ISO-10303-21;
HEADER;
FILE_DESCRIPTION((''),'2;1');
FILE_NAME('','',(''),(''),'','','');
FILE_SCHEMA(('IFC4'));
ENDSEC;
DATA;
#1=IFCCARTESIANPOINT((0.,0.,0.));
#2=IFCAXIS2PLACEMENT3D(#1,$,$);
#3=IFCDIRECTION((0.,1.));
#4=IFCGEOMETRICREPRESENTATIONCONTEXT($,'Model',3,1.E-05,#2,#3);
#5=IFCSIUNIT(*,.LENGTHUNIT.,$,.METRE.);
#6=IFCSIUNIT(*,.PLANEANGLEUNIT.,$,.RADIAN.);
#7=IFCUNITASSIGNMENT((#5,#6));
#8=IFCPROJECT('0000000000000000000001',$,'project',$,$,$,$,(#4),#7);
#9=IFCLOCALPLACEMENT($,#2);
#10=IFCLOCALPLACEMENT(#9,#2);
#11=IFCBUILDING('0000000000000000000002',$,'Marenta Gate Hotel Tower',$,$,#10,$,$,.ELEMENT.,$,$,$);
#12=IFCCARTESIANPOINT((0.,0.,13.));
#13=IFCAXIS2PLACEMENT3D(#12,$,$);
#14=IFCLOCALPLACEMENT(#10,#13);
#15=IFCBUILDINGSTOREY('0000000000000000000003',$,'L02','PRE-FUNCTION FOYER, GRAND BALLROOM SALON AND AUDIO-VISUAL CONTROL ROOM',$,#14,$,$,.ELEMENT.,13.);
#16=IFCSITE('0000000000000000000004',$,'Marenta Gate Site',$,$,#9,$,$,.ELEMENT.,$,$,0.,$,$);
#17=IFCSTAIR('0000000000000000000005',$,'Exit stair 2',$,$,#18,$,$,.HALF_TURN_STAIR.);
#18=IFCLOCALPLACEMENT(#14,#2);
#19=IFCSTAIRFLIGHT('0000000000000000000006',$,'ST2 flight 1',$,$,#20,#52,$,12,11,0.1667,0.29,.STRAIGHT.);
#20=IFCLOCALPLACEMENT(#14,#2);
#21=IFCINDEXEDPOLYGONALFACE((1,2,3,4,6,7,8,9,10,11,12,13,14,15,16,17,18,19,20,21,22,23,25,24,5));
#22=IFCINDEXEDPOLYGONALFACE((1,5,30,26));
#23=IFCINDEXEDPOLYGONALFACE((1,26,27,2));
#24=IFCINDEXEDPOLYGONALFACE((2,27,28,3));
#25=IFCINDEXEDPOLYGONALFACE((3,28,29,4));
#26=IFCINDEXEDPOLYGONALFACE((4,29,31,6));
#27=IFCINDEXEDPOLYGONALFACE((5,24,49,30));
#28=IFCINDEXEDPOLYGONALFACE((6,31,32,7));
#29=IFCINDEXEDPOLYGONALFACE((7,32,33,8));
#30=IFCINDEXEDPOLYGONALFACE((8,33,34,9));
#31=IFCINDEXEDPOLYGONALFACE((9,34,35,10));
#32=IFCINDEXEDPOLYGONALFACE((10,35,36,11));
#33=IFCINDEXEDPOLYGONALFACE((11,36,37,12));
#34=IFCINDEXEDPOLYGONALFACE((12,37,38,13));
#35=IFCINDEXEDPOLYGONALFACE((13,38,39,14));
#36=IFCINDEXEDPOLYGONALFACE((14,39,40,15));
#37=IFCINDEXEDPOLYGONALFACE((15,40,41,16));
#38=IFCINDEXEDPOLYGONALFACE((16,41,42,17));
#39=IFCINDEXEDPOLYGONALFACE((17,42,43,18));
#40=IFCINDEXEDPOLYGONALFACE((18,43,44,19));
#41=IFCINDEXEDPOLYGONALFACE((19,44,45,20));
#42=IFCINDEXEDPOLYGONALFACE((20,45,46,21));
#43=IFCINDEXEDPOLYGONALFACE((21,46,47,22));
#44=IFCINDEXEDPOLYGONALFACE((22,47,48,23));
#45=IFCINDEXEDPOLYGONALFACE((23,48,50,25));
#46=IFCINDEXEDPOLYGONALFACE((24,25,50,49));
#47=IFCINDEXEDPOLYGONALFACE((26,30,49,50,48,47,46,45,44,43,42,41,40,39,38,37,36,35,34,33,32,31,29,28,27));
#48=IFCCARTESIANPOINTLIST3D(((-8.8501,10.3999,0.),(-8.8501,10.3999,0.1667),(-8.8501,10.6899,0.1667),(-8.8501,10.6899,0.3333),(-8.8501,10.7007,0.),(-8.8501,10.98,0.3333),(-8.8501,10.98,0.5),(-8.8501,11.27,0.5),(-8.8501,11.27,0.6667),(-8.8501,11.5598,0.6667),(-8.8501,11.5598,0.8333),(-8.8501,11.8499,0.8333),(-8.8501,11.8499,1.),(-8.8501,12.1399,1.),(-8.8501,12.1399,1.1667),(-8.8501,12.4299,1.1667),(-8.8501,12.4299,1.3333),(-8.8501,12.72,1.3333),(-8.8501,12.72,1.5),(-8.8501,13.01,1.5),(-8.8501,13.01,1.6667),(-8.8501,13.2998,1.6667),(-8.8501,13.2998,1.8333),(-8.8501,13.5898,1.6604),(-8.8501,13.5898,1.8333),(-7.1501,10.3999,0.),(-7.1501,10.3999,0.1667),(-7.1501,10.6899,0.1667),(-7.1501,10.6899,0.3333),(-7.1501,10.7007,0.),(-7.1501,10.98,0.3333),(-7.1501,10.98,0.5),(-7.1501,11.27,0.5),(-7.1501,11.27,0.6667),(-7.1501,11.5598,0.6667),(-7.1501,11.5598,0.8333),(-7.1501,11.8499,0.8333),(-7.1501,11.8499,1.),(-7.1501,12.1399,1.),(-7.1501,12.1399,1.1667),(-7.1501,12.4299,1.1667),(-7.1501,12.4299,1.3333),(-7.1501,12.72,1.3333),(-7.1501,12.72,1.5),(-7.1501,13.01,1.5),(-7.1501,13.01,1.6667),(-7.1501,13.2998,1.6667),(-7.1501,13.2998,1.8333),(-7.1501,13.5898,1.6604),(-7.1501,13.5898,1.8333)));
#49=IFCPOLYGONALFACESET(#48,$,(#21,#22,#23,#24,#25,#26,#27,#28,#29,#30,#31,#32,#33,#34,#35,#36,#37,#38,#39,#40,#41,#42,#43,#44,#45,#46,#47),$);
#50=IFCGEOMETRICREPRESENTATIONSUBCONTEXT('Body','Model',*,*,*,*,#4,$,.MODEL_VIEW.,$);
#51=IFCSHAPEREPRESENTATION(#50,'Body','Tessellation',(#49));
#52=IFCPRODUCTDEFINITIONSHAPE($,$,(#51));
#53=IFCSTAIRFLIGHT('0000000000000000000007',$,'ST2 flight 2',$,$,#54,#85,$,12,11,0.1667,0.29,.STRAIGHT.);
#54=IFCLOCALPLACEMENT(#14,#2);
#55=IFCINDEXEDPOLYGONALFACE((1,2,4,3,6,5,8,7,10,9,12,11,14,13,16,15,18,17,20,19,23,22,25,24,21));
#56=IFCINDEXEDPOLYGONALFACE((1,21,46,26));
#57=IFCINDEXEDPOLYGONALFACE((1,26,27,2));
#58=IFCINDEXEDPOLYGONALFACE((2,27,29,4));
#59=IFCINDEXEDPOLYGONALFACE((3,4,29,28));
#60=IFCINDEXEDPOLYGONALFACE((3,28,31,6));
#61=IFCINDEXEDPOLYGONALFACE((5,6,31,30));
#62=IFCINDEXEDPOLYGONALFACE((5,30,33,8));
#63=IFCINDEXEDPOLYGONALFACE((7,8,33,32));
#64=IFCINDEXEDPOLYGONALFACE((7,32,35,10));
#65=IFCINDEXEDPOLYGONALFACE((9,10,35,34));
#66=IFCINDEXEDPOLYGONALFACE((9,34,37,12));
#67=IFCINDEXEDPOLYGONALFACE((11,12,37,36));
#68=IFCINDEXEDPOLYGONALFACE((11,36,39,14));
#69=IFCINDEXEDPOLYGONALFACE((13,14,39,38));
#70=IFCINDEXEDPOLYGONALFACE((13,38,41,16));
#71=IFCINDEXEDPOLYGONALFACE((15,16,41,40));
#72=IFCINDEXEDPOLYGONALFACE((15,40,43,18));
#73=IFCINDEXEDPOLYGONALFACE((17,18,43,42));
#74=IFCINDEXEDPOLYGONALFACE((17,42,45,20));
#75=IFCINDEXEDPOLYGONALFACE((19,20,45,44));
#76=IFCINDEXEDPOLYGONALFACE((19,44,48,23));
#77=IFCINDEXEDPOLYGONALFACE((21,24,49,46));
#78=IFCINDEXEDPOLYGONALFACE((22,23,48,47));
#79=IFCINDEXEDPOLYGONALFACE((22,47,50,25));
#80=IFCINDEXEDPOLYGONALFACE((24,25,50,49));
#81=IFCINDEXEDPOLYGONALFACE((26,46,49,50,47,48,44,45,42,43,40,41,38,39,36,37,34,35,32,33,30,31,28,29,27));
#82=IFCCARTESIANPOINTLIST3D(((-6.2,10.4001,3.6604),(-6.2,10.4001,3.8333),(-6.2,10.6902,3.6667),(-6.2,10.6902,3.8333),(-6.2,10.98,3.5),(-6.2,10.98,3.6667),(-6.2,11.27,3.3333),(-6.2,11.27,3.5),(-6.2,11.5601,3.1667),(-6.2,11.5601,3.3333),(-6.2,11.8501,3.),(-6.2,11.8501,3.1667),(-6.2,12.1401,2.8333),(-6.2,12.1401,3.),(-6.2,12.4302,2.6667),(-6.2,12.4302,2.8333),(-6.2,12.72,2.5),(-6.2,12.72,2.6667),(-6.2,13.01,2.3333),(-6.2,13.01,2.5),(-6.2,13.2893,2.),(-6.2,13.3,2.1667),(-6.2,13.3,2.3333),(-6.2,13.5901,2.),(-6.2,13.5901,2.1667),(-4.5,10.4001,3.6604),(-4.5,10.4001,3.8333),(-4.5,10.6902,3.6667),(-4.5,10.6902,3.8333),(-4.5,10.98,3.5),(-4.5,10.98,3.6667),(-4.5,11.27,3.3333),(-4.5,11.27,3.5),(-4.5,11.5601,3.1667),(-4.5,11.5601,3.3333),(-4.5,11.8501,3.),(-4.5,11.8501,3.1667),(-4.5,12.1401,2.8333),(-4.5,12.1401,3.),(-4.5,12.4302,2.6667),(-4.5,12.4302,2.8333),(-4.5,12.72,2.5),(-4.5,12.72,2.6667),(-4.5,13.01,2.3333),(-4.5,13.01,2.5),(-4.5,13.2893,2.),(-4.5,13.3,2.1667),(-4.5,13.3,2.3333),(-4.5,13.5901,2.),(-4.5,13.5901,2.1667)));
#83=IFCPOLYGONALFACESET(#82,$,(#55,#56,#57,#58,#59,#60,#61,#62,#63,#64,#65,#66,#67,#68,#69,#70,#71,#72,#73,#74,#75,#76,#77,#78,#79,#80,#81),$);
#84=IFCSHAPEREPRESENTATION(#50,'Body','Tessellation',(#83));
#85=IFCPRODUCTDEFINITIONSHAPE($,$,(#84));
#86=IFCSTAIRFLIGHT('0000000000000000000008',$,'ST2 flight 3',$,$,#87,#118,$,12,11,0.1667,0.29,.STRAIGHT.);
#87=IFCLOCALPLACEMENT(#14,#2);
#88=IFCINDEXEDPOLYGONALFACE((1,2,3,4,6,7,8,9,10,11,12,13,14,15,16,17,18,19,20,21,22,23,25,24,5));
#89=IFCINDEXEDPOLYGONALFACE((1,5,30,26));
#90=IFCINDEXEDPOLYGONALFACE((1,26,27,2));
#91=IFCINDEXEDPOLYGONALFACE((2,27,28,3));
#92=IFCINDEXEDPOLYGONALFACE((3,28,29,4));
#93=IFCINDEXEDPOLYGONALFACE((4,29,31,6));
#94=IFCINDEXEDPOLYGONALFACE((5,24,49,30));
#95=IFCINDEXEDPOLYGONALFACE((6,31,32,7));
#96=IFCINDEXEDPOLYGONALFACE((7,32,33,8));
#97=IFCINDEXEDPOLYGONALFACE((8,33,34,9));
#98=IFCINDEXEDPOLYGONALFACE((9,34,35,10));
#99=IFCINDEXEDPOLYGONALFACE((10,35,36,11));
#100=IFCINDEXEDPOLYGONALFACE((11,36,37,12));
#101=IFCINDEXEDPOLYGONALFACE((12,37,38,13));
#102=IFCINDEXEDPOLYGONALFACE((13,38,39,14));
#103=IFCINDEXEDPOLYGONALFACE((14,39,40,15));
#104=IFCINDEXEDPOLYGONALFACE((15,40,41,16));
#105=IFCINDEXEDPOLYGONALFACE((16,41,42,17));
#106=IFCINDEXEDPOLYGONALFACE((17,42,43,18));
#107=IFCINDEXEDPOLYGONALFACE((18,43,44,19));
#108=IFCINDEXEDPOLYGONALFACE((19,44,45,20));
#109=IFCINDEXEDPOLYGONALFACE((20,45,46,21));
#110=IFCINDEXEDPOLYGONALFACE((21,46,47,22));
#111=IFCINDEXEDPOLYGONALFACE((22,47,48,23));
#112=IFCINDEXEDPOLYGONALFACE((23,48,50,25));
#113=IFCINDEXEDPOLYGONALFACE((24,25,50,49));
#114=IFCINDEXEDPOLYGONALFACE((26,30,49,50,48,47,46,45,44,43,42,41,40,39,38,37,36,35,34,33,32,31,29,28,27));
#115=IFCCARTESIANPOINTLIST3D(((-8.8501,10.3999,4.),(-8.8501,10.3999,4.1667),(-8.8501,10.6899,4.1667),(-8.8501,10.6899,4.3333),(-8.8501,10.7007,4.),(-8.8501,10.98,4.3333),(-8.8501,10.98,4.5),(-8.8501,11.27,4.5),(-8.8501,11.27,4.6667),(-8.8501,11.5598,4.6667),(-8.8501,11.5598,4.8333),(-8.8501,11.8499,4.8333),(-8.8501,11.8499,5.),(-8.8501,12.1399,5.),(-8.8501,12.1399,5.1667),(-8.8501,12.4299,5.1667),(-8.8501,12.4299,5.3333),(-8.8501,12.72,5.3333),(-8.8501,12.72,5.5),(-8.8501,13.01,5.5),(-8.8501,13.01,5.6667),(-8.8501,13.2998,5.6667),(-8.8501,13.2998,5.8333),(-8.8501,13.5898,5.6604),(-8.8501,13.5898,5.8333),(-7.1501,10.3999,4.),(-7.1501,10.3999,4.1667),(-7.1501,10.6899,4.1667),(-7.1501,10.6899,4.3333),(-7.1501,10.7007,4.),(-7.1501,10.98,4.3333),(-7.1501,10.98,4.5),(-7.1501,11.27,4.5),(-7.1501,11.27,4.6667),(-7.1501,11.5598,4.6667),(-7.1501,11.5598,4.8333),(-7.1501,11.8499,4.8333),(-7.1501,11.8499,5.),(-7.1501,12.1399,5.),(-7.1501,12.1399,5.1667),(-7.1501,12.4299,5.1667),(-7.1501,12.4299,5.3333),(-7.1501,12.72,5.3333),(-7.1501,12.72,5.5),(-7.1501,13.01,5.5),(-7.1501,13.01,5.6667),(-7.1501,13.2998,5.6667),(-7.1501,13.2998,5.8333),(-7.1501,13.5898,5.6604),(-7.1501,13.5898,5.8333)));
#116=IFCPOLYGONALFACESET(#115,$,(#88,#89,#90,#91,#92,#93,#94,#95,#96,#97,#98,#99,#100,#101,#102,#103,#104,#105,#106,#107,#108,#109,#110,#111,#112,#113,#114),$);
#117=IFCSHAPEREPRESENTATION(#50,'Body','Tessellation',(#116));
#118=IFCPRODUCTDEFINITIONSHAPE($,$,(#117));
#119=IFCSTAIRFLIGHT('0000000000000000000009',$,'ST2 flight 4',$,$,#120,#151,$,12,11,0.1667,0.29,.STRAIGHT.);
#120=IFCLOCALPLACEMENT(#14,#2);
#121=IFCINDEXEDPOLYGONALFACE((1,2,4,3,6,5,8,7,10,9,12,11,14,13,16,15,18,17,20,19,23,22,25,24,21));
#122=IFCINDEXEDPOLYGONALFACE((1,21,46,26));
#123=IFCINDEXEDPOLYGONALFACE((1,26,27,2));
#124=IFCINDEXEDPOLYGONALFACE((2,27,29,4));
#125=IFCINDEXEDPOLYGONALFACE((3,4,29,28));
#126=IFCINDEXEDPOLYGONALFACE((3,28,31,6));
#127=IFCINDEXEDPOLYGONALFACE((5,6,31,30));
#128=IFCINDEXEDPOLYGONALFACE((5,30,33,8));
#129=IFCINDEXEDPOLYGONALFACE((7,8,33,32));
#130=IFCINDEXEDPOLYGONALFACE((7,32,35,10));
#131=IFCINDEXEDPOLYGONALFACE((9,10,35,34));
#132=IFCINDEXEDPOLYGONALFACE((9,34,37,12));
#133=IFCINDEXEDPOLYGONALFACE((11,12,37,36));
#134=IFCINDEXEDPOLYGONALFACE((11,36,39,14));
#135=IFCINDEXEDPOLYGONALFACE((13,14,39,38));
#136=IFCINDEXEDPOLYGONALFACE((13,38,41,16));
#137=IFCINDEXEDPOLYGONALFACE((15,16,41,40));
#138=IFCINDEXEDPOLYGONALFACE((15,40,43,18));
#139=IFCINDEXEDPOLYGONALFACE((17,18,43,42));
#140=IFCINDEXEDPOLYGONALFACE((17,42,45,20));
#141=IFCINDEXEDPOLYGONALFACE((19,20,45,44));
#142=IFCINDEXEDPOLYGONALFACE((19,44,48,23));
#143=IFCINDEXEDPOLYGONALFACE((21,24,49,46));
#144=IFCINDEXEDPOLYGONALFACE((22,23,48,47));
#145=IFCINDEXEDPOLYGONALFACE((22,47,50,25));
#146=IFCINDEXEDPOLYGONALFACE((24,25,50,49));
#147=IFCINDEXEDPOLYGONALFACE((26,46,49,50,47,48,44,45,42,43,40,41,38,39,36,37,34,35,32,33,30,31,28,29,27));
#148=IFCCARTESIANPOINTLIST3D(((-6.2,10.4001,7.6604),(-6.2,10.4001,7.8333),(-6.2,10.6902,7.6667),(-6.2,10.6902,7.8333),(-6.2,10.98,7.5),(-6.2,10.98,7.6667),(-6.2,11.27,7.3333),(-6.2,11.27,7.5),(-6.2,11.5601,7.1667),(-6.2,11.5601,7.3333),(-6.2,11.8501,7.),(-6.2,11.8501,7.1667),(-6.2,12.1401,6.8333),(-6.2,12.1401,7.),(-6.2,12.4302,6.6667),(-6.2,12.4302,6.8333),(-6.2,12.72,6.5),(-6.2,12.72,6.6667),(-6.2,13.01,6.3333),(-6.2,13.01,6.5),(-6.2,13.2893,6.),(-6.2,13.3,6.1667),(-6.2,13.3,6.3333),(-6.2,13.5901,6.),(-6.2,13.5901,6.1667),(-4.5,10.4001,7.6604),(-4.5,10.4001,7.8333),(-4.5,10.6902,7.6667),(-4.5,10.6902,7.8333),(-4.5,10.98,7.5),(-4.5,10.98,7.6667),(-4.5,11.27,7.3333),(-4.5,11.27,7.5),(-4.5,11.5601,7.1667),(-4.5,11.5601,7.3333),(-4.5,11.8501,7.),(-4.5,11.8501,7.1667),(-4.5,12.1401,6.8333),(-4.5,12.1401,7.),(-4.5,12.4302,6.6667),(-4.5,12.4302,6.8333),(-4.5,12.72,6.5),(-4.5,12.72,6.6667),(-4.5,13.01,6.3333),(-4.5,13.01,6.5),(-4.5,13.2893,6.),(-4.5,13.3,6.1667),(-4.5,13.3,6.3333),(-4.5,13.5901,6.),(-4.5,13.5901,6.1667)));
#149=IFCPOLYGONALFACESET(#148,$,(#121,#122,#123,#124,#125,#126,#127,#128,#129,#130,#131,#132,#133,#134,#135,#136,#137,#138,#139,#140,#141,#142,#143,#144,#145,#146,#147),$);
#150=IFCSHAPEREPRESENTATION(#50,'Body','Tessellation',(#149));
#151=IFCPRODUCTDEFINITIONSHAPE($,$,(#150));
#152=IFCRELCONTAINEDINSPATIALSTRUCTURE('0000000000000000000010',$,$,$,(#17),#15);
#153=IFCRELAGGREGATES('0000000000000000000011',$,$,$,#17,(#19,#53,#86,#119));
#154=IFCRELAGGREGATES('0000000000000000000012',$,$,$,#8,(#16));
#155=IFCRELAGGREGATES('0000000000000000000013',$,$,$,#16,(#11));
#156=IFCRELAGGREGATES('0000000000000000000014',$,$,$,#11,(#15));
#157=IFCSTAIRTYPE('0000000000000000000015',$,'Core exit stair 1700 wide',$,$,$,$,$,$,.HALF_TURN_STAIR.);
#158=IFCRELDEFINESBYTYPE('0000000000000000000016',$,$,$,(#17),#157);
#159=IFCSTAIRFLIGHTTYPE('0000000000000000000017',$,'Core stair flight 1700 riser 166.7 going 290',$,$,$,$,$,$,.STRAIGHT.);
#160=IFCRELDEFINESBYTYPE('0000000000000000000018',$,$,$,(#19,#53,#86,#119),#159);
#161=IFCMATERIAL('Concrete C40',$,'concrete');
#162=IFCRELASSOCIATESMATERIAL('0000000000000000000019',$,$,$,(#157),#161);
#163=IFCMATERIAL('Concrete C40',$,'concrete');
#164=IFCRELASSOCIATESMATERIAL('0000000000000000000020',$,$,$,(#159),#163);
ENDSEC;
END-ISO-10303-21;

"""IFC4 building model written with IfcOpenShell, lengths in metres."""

from ifc_helpers import new_model, si_unit, direction, frame, origin, place, context, subcontext, project, spatial, polyline, outline, extrude, material, type_object, element, aggregate, save


model = new_model("IFC4")

# Units and contexts
model_context = context("Model", 3, precision=1e-05, world=origin(), true_north=direction((0.0, 1.0)))
body_context = subcontext(model_context, "Body", "Model", "MODEL_VIEW")
ifc_project = project(units=[si_unit("LENGTHUNIT", "METRE"), si_unit("PLANEANGLEUNIT", "RADIAN")], contexts=[model_context])

# Site, building, storey
site_placement = place(None, origin())
site = spatial("IfcSite", under=ifc_project, at=site_placement, Name="Marenta Gate Site", CompositionType="ELEMENT", RefElevation=0.0)
building_placement = place(site_placement, origin())
building = spatial("IfcBuilding", under=site, at=building_placement, Name="Marenta Gate Hotel Tower", CompositionType="ELEMENT")
storey_placement = place(building_placement, frame((0.0, 0.0, 13.0)))
storey = spatial("IfcBuildingStorey", under=building, at=storey_placement, Name="L02", Description="PRE-FUNCTION FOYER, GRAND BALLROOM SALON AND AUDIO-VISUAL CONTROL ROOM", CompositionType="ELEMENT", Elevation=13.0)

# Stair, stair flights
ifc_material_1 = material(Name="Concrete C40", Category="concrete")
stair_type = type_object("IfcStairType", Name="Core exit stair 1700 wide", PredefinedType="HALF_TURN_STAIR", material=ifc_material_1)
stair_placement = place(storey_placement, origin())
stair = element("IfcStair", 1, at=stair_placement, inside=storey, type_object=stair_type, Name="Exit stair 2", PredefinedType="HALF_TURN_STAIR")
ifc_material_2 = material(Name="Concrete C40", Category="concrete")
stair_flight_type = type_object("IfcStairFlightType", Name="Core stair flight 1700 riser 166.7 going 290", PredefinedType="STRAIGHT", material=ifc_material_2)
stair_flight_1_placement = place(storey_placement, frame((-8.0, 10.3999, 0.0), z_axis=(0.0, 0.0, 1.0), x_axis=(0.0, 1.0, 0.0)))
stair_flight_1 = element("IfcStairFlight", 2, at=stair_flight_1_placement, type_object=stair_flight_type, Name="ST2 flight 1", NumberOfRisers=12, NumberOfTreads=11, PredefinedType="STRAIGHT", RiserHeight=0.1667, TreadLength=0.29, context=body_context, shape_type="SweptSolid", body=[
    extrude(outline(polyline([(0.0, 0.0), (0.0, 0.1667), (0.29, 0.1667), (0.29, 0.3333), (0.5801, 0.3333), (0.5801, 0.5), (0.8701, 0.5), (0.8701, 0.6667), (1.1599, 0.6667), (1.1599, 0.8333), (1.45, 0.8333), (1.45, 1.0), (1.74, 1.0), (1.74, 1.1667), (2.03, 1.1667), (2.03, 1.3333), (2.3201, 1.3333), (2.3201, 1.5), (2.6101, 1.5), (2.6101, 1.6667), (2.8999, 1.6667), (2.8999, 1.8333), (3.1899, 1.8333), (3.1899, 2.0), (3.1899, 1.6604), (0.3008, 0.0), (0.0, 0.0)])), frame((0.0, 0.8501, 0.0), z_axis=(0.0, -1.0, 0.0), x_axis=(1.0, 0.0, 0.0)), (0.0, 0.0, 1.0), 1.7),
])
stair_flight_2_placement = place(storey_placement, frame((-5.3501, 13.5901, 2.0), z_axis=(0.0, 0.0, 1.0), x_axis=(0.0, -1.0, 0.0)))
stair_flight_2 = element("IfcStairFlight", 3, at=stair_flight_2_placement, type_object=stair_flight_type, Name="ST2 flight 2", NumberOfRisers=12, NumberOfTreads=11, PredefinedType="STRAIGHT", RiserHeight=0.1667, TreadLength=0.29, context=body_context, shape_type="SweptSolid", body=[
    extrude(outline(polyline([(0.0, 0.0), (0.0, 0.1667), (0.29, 0.1667), (0.29, 0.3333), (0.5801, 0.3333), (0.5801, 0.5), (0.8701, 0.5), (0.8701, 0.6667), (1.1599, 0.6667), (1.1599, 0.8333), (1.45, 0.8333), (1.45, 1.0), (1.74, 1.0), (1.74, 1.1667), (2.03, 1.1667), (2.03, 1.3333), (2.3201, 1.3333), (2.3201, 1.5), (2.6101, 1.5), (2.6101, 1.6667), (2.8999, 1.6667), (2.8999, 1.8333), (3.1899, 1.8333), (3.1899, 2.0), (3.1899, 1.6604), (0.3008, 0.0), (0.0, 0.0)])), frame((0.0, 0.8501, 0.0), z_axis=(0.0, -1.0, 0.0), x_axis=(1.0, 0.0, 0.0)), (0.0, 0.0, 1.0), 1.7),
])
stair_flight_3_placement = place(storey_placement, frame((-8.0, 10.3999, 4.0), z_axis=(0.0, 0.0, 1.0), x_axis=(0.0, 1.0, 0.0)))
stair_flight_3 = element("IfcStairFlight", 4, at=stair_flight_3_placement, type_object=stair_flight_type, Name="ST2 flight 3", NumberOfRisers=12, NumberOfTreads=11, PredefinedType="STRAIGHT", RiserHeight=0.1667, TreadLength=0.29, context=body_context, shape_type="SweptSolid", body=[
    extrude(outline(polyline([(0.0, 0.0), (0.0, 0.1667), (0.29, 0.1667), (0.29, 0.3333), (0.5801, 0.3333), (0.5801, 0.5), (0.8701, 0.5), (0.8701, 0.6667), (1.1599, 0.6667), (1.1599, 0.8333), (1.45, 0.8333), (1.45, 1.0), (1.74, 1.0), (1.74, 1.1667), (2.03, 1.1667), (2.03, 1.3333), (2.3201, 1.3333), (2.3201, 1.5), (2.6101, 1.5), (2.6101, 1.6667), (2.8999, 1.6667), (2.8999, 1.8333), (3.1899, 1.8333), (3.1899, 2.0), (3.1899, 1.6604), (0.3008, 0.0), (0.0, 0.0)])), frame((0.0, 0.8501, 0.0), z_axis=(0.0, -1.0, 0.0), x_axis=(1.0, 0.0, 0.0)), (0.0, 0.0, 1.0), 1.7),
])
stair_flight_4_placement = place(storey_placement, frame((-5.3501, 13.5901, 6.0), z_axis=(0.0, 0.0, 1.0), x_axis=(0.0, -1.0, 0.0)))
stair_flight_4 = element("IfcStairFlight", 5, at=stair_flight_4_placement, type_object=stair_flight_type, Name="ST2 flight 4", NumberOfRisers=12, NumberOfTreads=11, PredefinedType="STRAIGHT", RiserHeight=0.1667, TreadLength=0.29, context=body_context, shape_type="SweptSolid", body=[
    extrude(outline(polyline([(0.0, 0.0), (0.0, 0.1667), (0.29, 0.1667), (0.29, 0.3333), (0.5801, 0.3333), (0.5801, 0.5), (0.8701, 0.5), (0.8701, 0.6667), (1.1599, 0.6667), (1.1599, 0.8333), (1.45, 0.8333), (1.45, 1.0), (1.74, 1.0), (1.74, 1.1667), (2.03, 1.1667), (2.03, 1.3333), (2.3201, 1.3333), (2.3201, 1.5), (2.6101, 1.5), (2.6101, 1.6667), (2.8999, 1.6667), (2.8999, 1.8333), (3.1899, 1.8333), (3.1899, 2.0), (3.1899, 1.6604), (0.3008, 0.0), (0.0, 0.0)])), frame((0.0, 0.8501, 0.0), z_axis=(0.0, -1.0, 0.0), x_axis=(1.0, 0.0, 0.0)), (0.0, 0.0, 1.0), 1.7),
])
aggregate(stair, [stair_flight_1, stair_flight_2, stair_flight_3, stair_flight_4])

save(model, "model.ifc")
